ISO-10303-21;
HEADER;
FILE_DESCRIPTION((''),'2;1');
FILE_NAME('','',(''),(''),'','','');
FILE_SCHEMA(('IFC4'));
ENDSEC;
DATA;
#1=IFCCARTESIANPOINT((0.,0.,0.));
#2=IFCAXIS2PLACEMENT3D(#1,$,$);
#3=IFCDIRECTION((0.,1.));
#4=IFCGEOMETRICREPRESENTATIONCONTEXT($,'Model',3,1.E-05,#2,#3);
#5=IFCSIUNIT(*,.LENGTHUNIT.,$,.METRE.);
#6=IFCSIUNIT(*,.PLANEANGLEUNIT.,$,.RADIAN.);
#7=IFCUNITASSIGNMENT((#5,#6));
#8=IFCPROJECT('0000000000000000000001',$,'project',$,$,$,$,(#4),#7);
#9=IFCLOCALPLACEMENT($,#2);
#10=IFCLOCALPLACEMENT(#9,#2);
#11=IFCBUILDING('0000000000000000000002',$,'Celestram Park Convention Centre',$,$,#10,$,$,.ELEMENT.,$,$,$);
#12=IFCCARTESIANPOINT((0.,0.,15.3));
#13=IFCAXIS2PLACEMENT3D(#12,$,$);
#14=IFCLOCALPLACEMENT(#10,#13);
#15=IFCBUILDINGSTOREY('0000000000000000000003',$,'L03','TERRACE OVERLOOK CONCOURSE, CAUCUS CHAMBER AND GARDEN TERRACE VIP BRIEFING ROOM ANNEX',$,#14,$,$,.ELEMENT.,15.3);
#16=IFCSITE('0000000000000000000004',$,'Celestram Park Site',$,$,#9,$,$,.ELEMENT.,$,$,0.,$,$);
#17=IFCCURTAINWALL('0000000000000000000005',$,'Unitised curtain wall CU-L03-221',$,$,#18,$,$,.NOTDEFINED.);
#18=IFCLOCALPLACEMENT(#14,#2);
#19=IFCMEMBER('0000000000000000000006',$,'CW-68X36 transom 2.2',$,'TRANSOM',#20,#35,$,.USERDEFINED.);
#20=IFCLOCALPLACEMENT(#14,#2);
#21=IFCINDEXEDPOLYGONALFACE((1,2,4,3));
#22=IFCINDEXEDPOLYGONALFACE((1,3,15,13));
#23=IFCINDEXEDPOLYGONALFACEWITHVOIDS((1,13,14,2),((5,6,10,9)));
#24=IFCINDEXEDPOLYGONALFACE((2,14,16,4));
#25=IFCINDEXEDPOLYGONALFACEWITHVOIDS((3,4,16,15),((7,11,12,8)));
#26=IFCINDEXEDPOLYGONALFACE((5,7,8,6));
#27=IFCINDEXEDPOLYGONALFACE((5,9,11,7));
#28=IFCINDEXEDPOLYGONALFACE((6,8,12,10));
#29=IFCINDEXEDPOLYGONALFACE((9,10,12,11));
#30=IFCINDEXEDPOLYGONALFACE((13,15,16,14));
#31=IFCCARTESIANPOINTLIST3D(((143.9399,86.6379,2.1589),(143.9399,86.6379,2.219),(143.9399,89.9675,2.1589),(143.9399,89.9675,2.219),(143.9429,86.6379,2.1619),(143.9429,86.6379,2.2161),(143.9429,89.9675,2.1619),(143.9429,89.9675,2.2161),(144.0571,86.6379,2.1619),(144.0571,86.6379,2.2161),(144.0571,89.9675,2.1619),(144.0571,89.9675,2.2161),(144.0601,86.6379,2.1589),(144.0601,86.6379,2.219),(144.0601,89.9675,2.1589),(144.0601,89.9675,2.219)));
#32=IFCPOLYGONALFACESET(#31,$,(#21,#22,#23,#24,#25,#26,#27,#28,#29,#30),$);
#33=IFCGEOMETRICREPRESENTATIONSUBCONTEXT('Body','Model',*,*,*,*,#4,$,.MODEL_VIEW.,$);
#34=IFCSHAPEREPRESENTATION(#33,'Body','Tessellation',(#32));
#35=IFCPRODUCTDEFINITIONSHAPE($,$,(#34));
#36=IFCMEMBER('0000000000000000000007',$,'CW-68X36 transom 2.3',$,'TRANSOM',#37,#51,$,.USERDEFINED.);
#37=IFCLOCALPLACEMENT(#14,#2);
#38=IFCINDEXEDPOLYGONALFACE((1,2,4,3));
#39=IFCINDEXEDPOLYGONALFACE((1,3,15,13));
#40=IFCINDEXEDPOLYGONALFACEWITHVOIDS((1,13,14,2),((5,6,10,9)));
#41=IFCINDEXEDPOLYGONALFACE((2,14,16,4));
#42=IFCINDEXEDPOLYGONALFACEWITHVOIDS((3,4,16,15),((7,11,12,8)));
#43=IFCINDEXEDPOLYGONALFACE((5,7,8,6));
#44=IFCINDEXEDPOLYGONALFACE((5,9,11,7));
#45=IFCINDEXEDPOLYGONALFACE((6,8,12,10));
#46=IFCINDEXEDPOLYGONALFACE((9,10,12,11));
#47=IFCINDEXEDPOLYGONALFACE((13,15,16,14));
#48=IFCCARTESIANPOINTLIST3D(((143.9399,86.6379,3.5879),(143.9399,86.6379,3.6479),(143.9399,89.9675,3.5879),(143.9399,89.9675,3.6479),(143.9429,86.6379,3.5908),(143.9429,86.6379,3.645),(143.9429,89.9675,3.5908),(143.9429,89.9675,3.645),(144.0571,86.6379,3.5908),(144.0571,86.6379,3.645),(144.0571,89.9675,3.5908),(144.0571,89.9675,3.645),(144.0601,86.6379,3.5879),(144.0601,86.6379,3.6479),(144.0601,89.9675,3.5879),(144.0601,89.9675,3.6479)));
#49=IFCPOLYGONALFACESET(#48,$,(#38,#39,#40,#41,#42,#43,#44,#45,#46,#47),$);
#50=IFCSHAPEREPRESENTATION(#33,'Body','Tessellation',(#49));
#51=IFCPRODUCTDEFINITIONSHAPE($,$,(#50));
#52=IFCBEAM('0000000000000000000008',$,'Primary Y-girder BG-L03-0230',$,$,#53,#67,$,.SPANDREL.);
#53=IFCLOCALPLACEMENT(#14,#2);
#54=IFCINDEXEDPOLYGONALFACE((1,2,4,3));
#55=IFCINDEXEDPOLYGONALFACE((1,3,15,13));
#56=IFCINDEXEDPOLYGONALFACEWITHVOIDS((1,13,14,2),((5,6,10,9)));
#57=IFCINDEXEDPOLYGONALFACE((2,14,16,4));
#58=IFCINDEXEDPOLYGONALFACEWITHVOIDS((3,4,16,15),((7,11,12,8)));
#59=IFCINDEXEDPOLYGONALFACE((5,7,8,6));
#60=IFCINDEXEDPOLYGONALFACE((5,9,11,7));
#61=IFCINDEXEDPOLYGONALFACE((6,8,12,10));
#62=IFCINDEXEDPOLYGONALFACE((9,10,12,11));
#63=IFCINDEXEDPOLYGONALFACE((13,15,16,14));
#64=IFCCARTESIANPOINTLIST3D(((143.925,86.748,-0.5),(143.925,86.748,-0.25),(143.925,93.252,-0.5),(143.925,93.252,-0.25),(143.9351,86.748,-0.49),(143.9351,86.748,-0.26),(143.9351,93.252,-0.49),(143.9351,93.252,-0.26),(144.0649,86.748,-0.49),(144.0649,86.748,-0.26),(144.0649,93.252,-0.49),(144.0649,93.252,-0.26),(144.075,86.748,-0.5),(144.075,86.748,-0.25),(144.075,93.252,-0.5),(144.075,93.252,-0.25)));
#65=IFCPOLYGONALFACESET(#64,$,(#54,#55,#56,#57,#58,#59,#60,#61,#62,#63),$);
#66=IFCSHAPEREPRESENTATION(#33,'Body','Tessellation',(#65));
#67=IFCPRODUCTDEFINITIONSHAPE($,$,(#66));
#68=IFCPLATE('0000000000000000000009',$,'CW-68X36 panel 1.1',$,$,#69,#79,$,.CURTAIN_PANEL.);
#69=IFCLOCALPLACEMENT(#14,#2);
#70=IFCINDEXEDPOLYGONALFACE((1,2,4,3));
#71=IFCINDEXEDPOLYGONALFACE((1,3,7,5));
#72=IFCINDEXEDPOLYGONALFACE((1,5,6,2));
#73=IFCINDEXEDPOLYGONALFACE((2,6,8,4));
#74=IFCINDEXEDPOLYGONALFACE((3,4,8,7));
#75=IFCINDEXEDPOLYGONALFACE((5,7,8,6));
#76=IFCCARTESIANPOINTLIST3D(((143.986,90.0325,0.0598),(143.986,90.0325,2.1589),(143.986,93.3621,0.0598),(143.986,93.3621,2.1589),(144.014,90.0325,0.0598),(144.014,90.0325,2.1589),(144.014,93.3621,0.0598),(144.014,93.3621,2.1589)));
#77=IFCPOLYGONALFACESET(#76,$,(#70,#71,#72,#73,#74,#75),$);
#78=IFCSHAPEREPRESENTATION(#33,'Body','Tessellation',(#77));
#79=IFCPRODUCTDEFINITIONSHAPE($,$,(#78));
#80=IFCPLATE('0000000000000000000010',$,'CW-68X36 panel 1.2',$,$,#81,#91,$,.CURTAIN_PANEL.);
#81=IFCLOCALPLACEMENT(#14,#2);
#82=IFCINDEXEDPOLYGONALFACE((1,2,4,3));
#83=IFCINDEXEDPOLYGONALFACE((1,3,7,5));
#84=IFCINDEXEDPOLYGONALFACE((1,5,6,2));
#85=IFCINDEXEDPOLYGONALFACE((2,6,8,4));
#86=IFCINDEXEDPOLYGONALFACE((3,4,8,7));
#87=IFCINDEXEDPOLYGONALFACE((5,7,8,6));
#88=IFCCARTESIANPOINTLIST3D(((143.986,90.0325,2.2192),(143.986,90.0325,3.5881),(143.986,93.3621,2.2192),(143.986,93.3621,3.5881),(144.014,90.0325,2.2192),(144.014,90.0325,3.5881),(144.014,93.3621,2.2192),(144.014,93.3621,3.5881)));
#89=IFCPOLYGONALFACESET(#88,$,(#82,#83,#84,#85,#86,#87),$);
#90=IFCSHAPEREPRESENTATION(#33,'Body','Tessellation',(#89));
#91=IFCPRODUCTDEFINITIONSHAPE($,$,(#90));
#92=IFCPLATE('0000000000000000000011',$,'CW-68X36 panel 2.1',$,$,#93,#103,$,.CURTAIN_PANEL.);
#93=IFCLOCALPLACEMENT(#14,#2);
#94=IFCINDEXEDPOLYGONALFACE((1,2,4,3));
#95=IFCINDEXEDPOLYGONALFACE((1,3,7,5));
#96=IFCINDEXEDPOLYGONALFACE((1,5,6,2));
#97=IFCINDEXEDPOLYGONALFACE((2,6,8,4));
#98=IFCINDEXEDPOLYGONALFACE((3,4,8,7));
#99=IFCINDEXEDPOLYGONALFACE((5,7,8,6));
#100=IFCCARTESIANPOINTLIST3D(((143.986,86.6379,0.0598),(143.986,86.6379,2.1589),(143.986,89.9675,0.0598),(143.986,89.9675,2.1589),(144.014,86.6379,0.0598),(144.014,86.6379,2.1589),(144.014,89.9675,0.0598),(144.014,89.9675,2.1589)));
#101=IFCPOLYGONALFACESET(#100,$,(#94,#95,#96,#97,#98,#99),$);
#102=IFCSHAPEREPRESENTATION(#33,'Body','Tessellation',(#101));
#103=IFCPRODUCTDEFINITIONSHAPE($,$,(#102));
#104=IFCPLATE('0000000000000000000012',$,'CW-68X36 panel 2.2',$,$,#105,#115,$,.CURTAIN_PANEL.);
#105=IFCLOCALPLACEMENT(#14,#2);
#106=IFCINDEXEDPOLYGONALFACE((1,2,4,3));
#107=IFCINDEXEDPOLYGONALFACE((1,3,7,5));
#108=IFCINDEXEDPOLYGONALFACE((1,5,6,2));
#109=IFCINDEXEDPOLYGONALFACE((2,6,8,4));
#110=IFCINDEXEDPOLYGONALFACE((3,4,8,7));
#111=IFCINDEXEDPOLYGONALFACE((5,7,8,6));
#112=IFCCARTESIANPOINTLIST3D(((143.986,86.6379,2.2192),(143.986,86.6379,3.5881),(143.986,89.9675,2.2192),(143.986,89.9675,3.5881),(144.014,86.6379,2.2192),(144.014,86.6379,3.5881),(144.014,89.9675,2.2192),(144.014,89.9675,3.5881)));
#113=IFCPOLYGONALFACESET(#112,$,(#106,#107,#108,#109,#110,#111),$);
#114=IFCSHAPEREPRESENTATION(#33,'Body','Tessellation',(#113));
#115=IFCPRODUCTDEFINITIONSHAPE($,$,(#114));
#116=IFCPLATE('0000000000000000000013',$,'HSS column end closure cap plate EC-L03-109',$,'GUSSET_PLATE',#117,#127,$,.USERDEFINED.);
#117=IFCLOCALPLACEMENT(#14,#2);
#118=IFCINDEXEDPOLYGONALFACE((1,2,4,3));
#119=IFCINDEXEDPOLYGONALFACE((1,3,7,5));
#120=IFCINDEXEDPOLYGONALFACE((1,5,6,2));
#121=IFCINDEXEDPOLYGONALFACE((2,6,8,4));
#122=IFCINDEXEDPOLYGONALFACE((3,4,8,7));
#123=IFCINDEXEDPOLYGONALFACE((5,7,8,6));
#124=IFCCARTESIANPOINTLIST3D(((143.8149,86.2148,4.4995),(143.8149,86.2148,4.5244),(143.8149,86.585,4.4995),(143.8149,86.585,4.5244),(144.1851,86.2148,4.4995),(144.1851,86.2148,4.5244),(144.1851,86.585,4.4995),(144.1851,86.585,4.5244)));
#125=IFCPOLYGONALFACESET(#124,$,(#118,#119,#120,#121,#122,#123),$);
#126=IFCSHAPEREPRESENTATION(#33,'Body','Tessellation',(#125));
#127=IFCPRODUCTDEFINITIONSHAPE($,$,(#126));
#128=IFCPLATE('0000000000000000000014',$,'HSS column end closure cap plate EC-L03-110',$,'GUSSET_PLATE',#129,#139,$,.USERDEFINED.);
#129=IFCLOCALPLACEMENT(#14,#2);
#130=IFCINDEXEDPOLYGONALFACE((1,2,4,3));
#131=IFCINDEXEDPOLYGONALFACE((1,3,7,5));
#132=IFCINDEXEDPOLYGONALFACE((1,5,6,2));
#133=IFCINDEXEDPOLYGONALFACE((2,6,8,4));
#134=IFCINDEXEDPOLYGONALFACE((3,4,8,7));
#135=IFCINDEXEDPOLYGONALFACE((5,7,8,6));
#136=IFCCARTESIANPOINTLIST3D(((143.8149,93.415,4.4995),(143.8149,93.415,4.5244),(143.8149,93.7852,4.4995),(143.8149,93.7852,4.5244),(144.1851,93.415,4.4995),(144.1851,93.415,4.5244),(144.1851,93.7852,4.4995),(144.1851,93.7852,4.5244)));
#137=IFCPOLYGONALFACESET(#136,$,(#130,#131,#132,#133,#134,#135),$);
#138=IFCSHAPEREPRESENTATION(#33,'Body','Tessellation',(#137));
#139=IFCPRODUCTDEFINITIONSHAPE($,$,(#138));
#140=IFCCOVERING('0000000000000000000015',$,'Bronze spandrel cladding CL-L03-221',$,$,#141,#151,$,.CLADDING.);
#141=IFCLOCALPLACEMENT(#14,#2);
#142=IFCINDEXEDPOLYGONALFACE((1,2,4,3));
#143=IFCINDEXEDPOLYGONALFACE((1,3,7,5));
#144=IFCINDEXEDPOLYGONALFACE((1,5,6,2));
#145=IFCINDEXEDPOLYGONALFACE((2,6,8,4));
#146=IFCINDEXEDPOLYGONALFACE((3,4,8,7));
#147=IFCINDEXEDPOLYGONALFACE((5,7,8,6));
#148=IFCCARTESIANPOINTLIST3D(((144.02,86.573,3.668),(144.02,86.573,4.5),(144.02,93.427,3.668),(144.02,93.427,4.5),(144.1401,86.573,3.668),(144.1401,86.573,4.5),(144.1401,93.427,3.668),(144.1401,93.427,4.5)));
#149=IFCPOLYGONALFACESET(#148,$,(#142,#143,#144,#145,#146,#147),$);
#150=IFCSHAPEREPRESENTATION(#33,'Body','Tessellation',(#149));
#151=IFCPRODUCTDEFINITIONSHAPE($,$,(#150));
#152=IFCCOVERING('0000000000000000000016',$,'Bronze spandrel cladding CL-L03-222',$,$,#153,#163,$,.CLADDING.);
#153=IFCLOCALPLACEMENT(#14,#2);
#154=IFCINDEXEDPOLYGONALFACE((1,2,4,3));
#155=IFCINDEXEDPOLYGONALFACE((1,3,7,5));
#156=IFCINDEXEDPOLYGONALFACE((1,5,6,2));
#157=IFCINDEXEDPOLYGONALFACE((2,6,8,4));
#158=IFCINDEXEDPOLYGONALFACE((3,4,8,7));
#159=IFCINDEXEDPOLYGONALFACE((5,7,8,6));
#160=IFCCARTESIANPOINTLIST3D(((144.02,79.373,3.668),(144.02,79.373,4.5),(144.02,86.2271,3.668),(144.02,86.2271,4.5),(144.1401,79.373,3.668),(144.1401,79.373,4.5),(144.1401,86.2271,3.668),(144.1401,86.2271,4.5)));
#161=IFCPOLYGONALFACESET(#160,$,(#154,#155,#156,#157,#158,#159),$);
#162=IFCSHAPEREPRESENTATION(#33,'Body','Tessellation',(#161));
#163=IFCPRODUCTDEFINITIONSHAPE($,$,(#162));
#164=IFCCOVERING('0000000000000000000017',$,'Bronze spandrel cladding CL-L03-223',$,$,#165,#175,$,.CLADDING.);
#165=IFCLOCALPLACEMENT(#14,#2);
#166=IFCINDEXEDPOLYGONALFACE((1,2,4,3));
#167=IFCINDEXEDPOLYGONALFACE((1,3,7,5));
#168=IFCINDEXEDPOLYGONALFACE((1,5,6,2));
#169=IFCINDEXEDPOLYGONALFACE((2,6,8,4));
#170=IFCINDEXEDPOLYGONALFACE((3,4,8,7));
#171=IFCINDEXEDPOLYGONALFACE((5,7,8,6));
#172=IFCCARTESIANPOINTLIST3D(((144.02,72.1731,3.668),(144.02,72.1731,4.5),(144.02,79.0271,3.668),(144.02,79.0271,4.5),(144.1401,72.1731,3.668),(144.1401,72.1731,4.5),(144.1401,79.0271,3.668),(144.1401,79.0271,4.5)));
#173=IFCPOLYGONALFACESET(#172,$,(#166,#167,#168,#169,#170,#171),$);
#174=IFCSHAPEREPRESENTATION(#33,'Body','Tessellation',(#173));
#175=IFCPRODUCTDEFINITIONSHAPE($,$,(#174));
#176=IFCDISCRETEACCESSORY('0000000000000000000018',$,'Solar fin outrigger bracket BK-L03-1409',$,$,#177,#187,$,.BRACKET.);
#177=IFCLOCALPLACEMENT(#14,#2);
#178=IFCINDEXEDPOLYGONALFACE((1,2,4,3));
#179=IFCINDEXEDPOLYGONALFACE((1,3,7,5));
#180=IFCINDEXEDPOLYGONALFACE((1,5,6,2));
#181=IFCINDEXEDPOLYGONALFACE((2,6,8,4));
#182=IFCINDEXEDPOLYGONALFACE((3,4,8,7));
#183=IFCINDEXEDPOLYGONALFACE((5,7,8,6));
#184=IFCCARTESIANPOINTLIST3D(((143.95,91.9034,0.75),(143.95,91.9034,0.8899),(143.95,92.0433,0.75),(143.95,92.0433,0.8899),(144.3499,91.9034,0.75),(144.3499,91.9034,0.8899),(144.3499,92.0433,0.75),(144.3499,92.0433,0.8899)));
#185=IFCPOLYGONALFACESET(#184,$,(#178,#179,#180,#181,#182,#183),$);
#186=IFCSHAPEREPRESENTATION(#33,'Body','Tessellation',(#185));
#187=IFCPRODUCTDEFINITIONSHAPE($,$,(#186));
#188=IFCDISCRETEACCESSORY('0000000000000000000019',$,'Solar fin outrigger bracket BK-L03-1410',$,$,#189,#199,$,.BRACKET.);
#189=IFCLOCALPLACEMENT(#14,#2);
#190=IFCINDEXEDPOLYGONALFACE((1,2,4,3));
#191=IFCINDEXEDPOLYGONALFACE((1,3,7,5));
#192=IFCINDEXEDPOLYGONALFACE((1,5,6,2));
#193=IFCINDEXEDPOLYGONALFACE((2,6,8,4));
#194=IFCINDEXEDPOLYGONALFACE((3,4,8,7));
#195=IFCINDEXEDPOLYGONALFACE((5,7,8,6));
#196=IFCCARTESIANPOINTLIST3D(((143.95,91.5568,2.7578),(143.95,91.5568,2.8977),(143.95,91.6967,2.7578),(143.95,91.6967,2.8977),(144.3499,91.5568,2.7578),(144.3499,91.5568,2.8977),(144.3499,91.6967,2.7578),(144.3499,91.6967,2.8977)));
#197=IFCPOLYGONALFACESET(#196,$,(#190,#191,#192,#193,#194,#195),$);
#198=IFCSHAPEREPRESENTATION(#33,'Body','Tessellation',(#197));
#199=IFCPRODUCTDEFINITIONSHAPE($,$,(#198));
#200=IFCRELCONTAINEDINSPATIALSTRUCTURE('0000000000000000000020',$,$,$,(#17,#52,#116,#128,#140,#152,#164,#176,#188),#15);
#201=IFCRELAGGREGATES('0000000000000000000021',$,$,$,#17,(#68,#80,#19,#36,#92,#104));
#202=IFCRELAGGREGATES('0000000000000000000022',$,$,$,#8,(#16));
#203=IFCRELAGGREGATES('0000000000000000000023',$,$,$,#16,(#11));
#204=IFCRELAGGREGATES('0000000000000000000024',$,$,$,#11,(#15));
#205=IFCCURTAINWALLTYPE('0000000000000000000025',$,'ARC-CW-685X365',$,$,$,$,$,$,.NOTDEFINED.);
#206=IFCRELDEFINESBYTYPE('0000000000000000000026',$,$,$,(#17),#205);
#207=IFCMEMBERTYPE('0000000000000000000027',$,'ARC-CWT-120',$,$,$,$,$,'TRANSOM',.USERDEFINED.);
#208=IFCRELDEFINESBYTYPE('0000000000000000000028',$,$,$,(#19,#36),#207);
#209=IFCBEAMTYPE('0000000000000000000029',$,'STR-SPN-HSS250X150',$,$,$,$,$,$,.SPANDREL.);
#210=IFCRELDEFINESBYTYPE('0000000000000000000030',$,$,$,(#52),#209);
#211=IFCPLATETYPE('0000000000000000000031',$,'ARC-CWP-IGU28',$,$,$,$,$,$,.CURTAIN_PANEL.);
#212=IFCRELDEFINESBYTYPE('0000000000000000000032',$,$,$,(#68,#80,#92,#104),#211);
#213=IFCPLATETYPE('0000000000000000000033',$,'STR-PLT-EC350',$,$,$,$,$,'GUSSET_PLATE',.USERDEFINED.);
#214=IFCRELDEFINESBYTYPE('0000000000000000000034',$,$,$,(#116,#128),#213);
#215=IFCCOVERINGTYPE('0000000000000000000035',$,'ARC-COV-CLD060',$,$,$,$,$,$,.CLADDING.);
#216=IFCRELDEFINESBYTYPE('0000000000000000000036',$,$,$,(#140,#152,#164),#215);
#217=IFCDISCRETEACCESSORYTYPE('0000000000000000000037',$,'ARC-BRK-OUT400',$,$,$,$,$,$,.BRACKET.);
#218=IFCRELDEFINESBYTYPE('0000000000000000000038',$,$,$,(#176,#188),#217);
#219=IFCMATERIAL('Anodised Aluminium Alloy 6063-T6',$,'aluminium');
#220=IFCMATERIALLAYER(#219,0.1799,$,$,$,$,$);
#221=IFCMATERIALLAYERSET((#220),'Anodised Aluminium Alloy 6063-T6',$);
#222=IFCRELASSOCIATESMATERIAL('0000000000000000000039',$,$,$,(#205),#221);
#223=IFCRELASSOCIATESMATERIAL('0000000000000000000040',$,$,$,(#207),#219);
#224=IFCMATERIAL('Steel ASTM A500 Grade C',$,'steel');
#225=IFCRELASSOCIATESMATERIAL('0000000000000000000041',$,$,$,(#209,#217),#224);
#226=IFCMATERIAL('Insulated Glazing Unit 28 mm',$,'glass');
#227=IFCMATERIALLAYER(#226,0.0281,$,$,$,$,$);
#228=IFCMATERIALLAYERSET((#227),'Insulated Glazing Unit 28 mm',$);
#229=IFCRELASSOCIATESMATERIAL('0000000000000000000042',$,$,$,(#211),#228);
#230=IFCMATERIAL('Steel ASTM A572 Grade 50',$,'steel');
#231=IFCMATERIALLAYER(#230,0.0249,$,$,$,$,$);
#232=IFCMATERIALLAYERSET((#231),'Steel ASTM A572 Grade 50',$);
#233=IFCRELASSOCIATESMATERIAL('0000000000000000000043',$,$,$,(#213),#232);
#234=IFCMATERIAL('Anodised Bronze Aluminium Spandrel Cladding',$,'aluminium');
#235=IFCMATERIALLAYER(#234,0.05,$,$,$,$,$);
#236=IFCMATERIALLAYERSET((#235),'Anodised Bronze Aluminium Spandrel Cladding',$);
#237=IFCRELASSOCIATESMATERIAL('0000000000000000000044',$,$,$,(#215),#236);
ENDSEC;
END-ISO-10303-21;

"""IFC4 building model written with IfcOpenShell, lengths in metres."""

from ifc_helpers import new_model, si_unit, direction, frame, origin, origin_2d, place, context, subcontext, project, spatial, rectangle, hollow_rectangle, extrude, material, layer, layer_set, material_profile, profile_set, type_object, element, aggregate, save


model = new_model("IFC4")

# Units and contexts
model_context = context("Model", 3, precision=1e-05, world=origin(), true_north=direction((0.0, 1.0)))
body_context = subcontext(model_context, "Body", "Model", "MODEL_VIEW")
ifc_project = project(units=[si_unit("LENGTHUNIT", "METRE"), si_unit("PLANEANGLEUNIT", "RADIAN")], contexts=[model_context])

# Site, building, storey
site_placement = place(None, origin())
site = spatial("IfcSite", under=ifc_project, at=site_placement, Name="Celestram Park Site", CompositionType="ELEMENT", RefElevation=0.0)
building_placement = place(site_placement, origin())
building = spatial("IfcBuilding", under=site, at=building_placement, Name="Celestram Park Convention Centre", CompositionType="ELEMENT")
storey_placement = place(building_placement, frame((0.0, 0.0, 15.3)))
storey = spatial("IfcBuildingStorey", under=building, at=storey_placement, Name="L03", Description="TERRACE OVERLOOK CONCOURSE, CAUCUS CHAMBER AND GARDEN TERRACE VIP BRIEFING ROOM ANNEX", CompositionType="ELEMENT", Elevation=15.3)

# Shared definitions
ifc_material_1 = material(Name="Steel ASTM A500 Grade C", Category="steel")

# Shared definitions
ifc_material_2 = material(Name="Anodised Aluminium Alloy 6063-T6", Category="aluminium")
ifc_layer_1 = layer(ifc_material_2, 0.1799)
ifc_layer_set_1 = layer_set([ifc_layer_1], Name="Anodised Aluminium Alloy 6063-T6")
curtain_wall_type = type_object("IfcCurtainWallType", Name="ARC-CW-685X365", PredefinedType="NOTDEFINED", material=ifc_layer_set_1)

# Curtain wall
curtain_wall_1_placement = place(storey_placement, origin())
curtain_wall_1 = element("IfcCurtainWall", 1, at=curtain_wall_1_placement, inside=storey, type_object=curtain_wall_type, Name="Unitised curtain wall CU-L03-221", PredefinedType="NOTDEFINED")

# Members
ifc_material_profile_1 = material_profile(ifc_material_2, hollow_rectangle(XDim=0.1201, YDim=0.0601, WallThickness=0.0029, at=origin_2d()), Name="ALU120X60X3")
ifc_profile_set_1 = profile_set([ifc_material_profile_1], Name="Anodised Aluminium Alloy 6063-T6")
member_type_1 = type_object("IfcMemberType", Name="ARC-CWT-120", ElementType="TRANSOM", PredefinedType="USERDEFINED", material=ifc_profile_set_1)
member_1_placement = place(storey_placement, frame((144.0, 89.9675, 2.189), z_axis=(0.0, -1.0, 0.0), x_axis=(1.0, 0.0, 0.0)))
member_1 = element("IfcMember", 2, at=member_1_placement, type_object=member_type_1, Name="CW-68X36 transom 2.2", ObjectType="TRANSOM", PredefinedType="USERDEFINED", context=body_context, shape_type="SweptSolid", body=[
    extrude(hollow_rectangle(XDim=0.1201, YDim=0.0601, WallThickness=0.0029, at=origin_2d()), origin(), (0.0, 0.0, 1.0), 3.3296),
])
member_2_placement = place(storey_placement, frame((144.0, 89.9675, 3.6179), z_axis=(0.0, -1.0, 0.0), x_axis=(1.0, 0.0, 0.0)))
member_2 = element("IfcMember", 3, at=member_2_placement, type_object=member_type_1, Name="CW-68X36 transom 2.3", ObjectType="TRANSOM", PredefinedType="USERDEFINED", context=body_context, shape_type="SweptSolid", body=[
    extrude(hollow_rectangle(XDim=0.1201, YDim=0.0601, WallThickness=0.0029, at=origin_2d()), origin(), (0.0, 0.0, 1.0), 3.3296),
])

# Beam
ifc_material_profile_2 = material_profile(ifc_material_1, hollow_rectangle(XDim=0.1499, YDim=0.25, WallThickness=0.01, at=origin_2d()), Name="HSS250X150X10")
ifc_profile_set_2 = profile_set([ifc_material_profile_2], Name="Steel ASTM A500 Grade C")
beam_type = type_object("IfcBeamType", Name="STR-SPN-HSS250X150", PredefinedType="SPANDREL", material=ifc_profile_set_2)
beam_placement = place(storey_placement, frame((144.0, 86.748, -0.375), z_axis=(0.0, 1.0, 0.0), x_axis=(-1.0, 0.0, 0.0)))
element("IfcBeam", 4, at=beam_placement, inside=storey, type_object=beam_type, Name="Primary Y-girder BG-L03-0230", PredefinedType="SPANDREL", context=body_context, shape_type="SweptSolid", body=[
    extrude(hollow_rectangle(XDim=0.1499, YDim=0.25, WallThickness=0.01, at=origin_2d()), origin(), (0.0, 0.0, 1.0), 6.5039),
])

# Plates
ifc_material_3 = material(Name="Insulated Glazing Unit 28 mm", Category="glass")
ifc_layer_2 = layer(ifc_material_3, 0.0281)
ifc_layer_set_2 = layer_set([ifc_layer_2], Name="Insulated Glazing Unit 28 mm")
plate_type_1 = type_object("IfcPlateType", Name="ARC-CWP-IGU28", PredefinedType="CURTAIN_PANEL", material=ifc_layer_set_2)
plate_1_placement = place(storey_placement, frame((144.0, 91.6973, 0.0598), z_axis=(0.0, 0.0, 1.0), x_axis=(0.0, -1.0, 0.0)))
plate_1 = element("IfcPlate", 5, at=plate_1_placement, type_object=plate_type_1, Name="CW-68X36 panel 1.1", PredefinedType="CURTAIN_PANEL", context=body_context, shape_type="SweptSolid", body=[
    extrude(rectangle(XDim=3.3296, YDim=0.0281, at=origin_2d()), origin(), (0.0, 0.0, 1.0), 2.0991),
])
plate_2_placement = place(storey_placement, frame((144.0, 91.6973, 2.2192), z_axis=(0.0, 0.0, 1.0), x_axis=(0.0, -1.0, 0.0)))
plate_2 = element("IfcPlate", 6, at=plate_2_placement, type_object=plate_type_1, Name="CW-68X36 panel 1.2", PredefinedType="CURTAIN_PANEL", context=body_context, shape_type="SweptSolid", body=[
    extrude(rectangle(XDim=3.3296, YDim=0.0281, at=origin_2d()), origin(), (0.0, 0.0, 1.0), 1.3689),
])
plate_3_placement = place(storey_placement, frame((144.0, 88.3027, 0.0598), z_axis=(0.0, 0.0, 1.0), x_axis=(0.0, -1.0, 0.0)))
plate_3 = element("IfcPlate", 7, at=plate_3_placement, type_object=plate_type_1, Name="CW-68X36 panel 2.1", PredefinedType="CURTAIN_PANEL", context=body_context, shape_type="SweptSolid", body=[
    extrude(rectangle(XDim=3.3296, YDim=0.0281, at=origin_2d()), origin(), (0.0, 0.0, 1.0), 2.0991),
])
plate_4_placement = place(storey_placement, frame((144.0, 88.3027, 2.2192), z_axis=(0.0, 0.0, 1.0), x_axis=(0.0, -1.0, 0.0)))
plate_4 = element("IfcPlate", 8, at=plate_4_placement, type_object=plate_type_1, Name="CW-68X36 panel 2.2", PredefinedType="CURTAIN_PANEL", context=body_context, shape_type="SweptSolid", body=[
    extrude(rectangle(XDim=3.3296, YDim=0.0281, at=origin_2d()), origin(), (0.0, 0.0, 1.0), 1.3689),
])
aggregate(curtain_wall_1, [plate_1, plate_2, member_1, member_2, plate_3, plate_4])

# Plates
ifc_material_4 = material(Name="Steel ASTM A572 Grade 50", Category="steel")
ifc_layer_3 = layer(ifc_material_4, 0.0249)
ifc_layer_set_3 = layer_set([ifc_layer_3], Name="Steel ASTM A572 Grade 50")
plate_type_2 = type_object("IfcPlateType", Name="STR-PLT-EC350", ElementType="GUSSET_PLATE", PredefinedType="USERDEFINED", material=ifc_layer_set_3)
for number, where, z_axis, x_axis, name in (
    (9, (144.0, 86.3999, 4.4995), (0.0, 0.0, 1.0), (1.0, 0.0, 0.0), "HSS column end closure cap plate EC-L03-109"),
    (10, (144.0, 93.6001, 4.4995), (0.0, 0.0, 1.0), (1.0, 0.0, 0.0), "HSS column end closure cap plate EC-L03-110"),
):
    element("IfcPlate", number, at=place(storey_placement, frame(where, z_axis=z_axis, x_axis=x_axis)), inside=storey, type_object=plate_type_2, Name=name, ObjectType="GUSSET_PLATE", PredefinedType="USERDEFINED", context=body_context, shape_type="SweptSolid", body=[
        extrude(rectangle(XDim=0.3701, YDim=0.3701, at=origin_2d()), origin(), (0.0, 0.0, 1.0), 0.0249),
    ])

# Coverings
ifc_material_5 = material(Name="Anodised Bronze Aluminium Spandrel Cladding", Category="aluminium")
ifc_layer_4 = layer(ifc_material_5, 0.05)
ifc_layer_set_4 = layer_set([ifc_layer_4], Name="Anodised Bronze Aluminium Spandrel Cladding")
covering_type = type_object("IfcCoveringType", Name="ARC-COV-CLD060", PredefinedType="CLADDING", material=ifc_layer_set_4)
for number, where, z_axis, x_axis, name in (
    (11, (144.0801, 90.0, 3.668), (0.0, 0.0, 1.0), (0.0, -1.0, 0.0), "Bronze spandrel cladding CL-L03-221"),
    (12, (144.0801, 82.8, 3.668), (0.0, 0.0, 1.0), (0.0, -1.0, 0.0), "Bronze spandrel cladding CL-L03-222"),
    (13, (144.0801, 75.6001, 3.668), (0.0, 0.0, 1.0), (0.0, -1.0, 0.0), "Bronze spandrel cladding CL-L03-223"),
):
    element("IfcCovering", number, at=place(storey_placement, frame(where, z_axis=z_axis, x_axis=x_axis)), inside=storey, type_object=covering_type, Name=name, PredefinedType="CLADDING", context=body_context, shape_type="SweptSolid", body=[
        extrude(rectangle(XDim=6.854, YDim=0.1201, at=origin_2d()), origin(), (0.0, 0.0, 1.0), 0.832),
    ])

# Discrete accessories
discrete_accessory_type = type_object("IfcDiscreteAccessoryType", Name="ARC-BRK-OUT400", PredefinedType="BRACKET", material=ifc_material_1)
for number, where, z_axis, x_axis, name in (
    (14, (144.1499, 91.9734, 0.75), (0.0, 0.0, 1.0), (1.0, 0.0, 0.0), "Solar fin outrigger bracket BK-L03-1409"),
    (15, (144.1499, 91.6267, 2.7578), (0.0, 0.0, 1.0), (1.0, 0.0, 0.0), "Solar fin outrigger bracket BK-L03-1410"),
):
    element("IfcDiscreteAccessory", number, at=place(storey_placement, frame(where, z_axis=z_axis, x_axis=x_axis)), inside=storey, type_object=discrete_accessory_type, Name=name, PredefinedType="BRACKET", context=body_context, shape_type="SweptSolid", body=[
        extrude(rectangle(XDim=0.3999, YDim=0.1399, at=origin_2d()), origin(), (0.0, 0.0, 1.0), 0.1399),
    ])

save(model, "model.ifc")
